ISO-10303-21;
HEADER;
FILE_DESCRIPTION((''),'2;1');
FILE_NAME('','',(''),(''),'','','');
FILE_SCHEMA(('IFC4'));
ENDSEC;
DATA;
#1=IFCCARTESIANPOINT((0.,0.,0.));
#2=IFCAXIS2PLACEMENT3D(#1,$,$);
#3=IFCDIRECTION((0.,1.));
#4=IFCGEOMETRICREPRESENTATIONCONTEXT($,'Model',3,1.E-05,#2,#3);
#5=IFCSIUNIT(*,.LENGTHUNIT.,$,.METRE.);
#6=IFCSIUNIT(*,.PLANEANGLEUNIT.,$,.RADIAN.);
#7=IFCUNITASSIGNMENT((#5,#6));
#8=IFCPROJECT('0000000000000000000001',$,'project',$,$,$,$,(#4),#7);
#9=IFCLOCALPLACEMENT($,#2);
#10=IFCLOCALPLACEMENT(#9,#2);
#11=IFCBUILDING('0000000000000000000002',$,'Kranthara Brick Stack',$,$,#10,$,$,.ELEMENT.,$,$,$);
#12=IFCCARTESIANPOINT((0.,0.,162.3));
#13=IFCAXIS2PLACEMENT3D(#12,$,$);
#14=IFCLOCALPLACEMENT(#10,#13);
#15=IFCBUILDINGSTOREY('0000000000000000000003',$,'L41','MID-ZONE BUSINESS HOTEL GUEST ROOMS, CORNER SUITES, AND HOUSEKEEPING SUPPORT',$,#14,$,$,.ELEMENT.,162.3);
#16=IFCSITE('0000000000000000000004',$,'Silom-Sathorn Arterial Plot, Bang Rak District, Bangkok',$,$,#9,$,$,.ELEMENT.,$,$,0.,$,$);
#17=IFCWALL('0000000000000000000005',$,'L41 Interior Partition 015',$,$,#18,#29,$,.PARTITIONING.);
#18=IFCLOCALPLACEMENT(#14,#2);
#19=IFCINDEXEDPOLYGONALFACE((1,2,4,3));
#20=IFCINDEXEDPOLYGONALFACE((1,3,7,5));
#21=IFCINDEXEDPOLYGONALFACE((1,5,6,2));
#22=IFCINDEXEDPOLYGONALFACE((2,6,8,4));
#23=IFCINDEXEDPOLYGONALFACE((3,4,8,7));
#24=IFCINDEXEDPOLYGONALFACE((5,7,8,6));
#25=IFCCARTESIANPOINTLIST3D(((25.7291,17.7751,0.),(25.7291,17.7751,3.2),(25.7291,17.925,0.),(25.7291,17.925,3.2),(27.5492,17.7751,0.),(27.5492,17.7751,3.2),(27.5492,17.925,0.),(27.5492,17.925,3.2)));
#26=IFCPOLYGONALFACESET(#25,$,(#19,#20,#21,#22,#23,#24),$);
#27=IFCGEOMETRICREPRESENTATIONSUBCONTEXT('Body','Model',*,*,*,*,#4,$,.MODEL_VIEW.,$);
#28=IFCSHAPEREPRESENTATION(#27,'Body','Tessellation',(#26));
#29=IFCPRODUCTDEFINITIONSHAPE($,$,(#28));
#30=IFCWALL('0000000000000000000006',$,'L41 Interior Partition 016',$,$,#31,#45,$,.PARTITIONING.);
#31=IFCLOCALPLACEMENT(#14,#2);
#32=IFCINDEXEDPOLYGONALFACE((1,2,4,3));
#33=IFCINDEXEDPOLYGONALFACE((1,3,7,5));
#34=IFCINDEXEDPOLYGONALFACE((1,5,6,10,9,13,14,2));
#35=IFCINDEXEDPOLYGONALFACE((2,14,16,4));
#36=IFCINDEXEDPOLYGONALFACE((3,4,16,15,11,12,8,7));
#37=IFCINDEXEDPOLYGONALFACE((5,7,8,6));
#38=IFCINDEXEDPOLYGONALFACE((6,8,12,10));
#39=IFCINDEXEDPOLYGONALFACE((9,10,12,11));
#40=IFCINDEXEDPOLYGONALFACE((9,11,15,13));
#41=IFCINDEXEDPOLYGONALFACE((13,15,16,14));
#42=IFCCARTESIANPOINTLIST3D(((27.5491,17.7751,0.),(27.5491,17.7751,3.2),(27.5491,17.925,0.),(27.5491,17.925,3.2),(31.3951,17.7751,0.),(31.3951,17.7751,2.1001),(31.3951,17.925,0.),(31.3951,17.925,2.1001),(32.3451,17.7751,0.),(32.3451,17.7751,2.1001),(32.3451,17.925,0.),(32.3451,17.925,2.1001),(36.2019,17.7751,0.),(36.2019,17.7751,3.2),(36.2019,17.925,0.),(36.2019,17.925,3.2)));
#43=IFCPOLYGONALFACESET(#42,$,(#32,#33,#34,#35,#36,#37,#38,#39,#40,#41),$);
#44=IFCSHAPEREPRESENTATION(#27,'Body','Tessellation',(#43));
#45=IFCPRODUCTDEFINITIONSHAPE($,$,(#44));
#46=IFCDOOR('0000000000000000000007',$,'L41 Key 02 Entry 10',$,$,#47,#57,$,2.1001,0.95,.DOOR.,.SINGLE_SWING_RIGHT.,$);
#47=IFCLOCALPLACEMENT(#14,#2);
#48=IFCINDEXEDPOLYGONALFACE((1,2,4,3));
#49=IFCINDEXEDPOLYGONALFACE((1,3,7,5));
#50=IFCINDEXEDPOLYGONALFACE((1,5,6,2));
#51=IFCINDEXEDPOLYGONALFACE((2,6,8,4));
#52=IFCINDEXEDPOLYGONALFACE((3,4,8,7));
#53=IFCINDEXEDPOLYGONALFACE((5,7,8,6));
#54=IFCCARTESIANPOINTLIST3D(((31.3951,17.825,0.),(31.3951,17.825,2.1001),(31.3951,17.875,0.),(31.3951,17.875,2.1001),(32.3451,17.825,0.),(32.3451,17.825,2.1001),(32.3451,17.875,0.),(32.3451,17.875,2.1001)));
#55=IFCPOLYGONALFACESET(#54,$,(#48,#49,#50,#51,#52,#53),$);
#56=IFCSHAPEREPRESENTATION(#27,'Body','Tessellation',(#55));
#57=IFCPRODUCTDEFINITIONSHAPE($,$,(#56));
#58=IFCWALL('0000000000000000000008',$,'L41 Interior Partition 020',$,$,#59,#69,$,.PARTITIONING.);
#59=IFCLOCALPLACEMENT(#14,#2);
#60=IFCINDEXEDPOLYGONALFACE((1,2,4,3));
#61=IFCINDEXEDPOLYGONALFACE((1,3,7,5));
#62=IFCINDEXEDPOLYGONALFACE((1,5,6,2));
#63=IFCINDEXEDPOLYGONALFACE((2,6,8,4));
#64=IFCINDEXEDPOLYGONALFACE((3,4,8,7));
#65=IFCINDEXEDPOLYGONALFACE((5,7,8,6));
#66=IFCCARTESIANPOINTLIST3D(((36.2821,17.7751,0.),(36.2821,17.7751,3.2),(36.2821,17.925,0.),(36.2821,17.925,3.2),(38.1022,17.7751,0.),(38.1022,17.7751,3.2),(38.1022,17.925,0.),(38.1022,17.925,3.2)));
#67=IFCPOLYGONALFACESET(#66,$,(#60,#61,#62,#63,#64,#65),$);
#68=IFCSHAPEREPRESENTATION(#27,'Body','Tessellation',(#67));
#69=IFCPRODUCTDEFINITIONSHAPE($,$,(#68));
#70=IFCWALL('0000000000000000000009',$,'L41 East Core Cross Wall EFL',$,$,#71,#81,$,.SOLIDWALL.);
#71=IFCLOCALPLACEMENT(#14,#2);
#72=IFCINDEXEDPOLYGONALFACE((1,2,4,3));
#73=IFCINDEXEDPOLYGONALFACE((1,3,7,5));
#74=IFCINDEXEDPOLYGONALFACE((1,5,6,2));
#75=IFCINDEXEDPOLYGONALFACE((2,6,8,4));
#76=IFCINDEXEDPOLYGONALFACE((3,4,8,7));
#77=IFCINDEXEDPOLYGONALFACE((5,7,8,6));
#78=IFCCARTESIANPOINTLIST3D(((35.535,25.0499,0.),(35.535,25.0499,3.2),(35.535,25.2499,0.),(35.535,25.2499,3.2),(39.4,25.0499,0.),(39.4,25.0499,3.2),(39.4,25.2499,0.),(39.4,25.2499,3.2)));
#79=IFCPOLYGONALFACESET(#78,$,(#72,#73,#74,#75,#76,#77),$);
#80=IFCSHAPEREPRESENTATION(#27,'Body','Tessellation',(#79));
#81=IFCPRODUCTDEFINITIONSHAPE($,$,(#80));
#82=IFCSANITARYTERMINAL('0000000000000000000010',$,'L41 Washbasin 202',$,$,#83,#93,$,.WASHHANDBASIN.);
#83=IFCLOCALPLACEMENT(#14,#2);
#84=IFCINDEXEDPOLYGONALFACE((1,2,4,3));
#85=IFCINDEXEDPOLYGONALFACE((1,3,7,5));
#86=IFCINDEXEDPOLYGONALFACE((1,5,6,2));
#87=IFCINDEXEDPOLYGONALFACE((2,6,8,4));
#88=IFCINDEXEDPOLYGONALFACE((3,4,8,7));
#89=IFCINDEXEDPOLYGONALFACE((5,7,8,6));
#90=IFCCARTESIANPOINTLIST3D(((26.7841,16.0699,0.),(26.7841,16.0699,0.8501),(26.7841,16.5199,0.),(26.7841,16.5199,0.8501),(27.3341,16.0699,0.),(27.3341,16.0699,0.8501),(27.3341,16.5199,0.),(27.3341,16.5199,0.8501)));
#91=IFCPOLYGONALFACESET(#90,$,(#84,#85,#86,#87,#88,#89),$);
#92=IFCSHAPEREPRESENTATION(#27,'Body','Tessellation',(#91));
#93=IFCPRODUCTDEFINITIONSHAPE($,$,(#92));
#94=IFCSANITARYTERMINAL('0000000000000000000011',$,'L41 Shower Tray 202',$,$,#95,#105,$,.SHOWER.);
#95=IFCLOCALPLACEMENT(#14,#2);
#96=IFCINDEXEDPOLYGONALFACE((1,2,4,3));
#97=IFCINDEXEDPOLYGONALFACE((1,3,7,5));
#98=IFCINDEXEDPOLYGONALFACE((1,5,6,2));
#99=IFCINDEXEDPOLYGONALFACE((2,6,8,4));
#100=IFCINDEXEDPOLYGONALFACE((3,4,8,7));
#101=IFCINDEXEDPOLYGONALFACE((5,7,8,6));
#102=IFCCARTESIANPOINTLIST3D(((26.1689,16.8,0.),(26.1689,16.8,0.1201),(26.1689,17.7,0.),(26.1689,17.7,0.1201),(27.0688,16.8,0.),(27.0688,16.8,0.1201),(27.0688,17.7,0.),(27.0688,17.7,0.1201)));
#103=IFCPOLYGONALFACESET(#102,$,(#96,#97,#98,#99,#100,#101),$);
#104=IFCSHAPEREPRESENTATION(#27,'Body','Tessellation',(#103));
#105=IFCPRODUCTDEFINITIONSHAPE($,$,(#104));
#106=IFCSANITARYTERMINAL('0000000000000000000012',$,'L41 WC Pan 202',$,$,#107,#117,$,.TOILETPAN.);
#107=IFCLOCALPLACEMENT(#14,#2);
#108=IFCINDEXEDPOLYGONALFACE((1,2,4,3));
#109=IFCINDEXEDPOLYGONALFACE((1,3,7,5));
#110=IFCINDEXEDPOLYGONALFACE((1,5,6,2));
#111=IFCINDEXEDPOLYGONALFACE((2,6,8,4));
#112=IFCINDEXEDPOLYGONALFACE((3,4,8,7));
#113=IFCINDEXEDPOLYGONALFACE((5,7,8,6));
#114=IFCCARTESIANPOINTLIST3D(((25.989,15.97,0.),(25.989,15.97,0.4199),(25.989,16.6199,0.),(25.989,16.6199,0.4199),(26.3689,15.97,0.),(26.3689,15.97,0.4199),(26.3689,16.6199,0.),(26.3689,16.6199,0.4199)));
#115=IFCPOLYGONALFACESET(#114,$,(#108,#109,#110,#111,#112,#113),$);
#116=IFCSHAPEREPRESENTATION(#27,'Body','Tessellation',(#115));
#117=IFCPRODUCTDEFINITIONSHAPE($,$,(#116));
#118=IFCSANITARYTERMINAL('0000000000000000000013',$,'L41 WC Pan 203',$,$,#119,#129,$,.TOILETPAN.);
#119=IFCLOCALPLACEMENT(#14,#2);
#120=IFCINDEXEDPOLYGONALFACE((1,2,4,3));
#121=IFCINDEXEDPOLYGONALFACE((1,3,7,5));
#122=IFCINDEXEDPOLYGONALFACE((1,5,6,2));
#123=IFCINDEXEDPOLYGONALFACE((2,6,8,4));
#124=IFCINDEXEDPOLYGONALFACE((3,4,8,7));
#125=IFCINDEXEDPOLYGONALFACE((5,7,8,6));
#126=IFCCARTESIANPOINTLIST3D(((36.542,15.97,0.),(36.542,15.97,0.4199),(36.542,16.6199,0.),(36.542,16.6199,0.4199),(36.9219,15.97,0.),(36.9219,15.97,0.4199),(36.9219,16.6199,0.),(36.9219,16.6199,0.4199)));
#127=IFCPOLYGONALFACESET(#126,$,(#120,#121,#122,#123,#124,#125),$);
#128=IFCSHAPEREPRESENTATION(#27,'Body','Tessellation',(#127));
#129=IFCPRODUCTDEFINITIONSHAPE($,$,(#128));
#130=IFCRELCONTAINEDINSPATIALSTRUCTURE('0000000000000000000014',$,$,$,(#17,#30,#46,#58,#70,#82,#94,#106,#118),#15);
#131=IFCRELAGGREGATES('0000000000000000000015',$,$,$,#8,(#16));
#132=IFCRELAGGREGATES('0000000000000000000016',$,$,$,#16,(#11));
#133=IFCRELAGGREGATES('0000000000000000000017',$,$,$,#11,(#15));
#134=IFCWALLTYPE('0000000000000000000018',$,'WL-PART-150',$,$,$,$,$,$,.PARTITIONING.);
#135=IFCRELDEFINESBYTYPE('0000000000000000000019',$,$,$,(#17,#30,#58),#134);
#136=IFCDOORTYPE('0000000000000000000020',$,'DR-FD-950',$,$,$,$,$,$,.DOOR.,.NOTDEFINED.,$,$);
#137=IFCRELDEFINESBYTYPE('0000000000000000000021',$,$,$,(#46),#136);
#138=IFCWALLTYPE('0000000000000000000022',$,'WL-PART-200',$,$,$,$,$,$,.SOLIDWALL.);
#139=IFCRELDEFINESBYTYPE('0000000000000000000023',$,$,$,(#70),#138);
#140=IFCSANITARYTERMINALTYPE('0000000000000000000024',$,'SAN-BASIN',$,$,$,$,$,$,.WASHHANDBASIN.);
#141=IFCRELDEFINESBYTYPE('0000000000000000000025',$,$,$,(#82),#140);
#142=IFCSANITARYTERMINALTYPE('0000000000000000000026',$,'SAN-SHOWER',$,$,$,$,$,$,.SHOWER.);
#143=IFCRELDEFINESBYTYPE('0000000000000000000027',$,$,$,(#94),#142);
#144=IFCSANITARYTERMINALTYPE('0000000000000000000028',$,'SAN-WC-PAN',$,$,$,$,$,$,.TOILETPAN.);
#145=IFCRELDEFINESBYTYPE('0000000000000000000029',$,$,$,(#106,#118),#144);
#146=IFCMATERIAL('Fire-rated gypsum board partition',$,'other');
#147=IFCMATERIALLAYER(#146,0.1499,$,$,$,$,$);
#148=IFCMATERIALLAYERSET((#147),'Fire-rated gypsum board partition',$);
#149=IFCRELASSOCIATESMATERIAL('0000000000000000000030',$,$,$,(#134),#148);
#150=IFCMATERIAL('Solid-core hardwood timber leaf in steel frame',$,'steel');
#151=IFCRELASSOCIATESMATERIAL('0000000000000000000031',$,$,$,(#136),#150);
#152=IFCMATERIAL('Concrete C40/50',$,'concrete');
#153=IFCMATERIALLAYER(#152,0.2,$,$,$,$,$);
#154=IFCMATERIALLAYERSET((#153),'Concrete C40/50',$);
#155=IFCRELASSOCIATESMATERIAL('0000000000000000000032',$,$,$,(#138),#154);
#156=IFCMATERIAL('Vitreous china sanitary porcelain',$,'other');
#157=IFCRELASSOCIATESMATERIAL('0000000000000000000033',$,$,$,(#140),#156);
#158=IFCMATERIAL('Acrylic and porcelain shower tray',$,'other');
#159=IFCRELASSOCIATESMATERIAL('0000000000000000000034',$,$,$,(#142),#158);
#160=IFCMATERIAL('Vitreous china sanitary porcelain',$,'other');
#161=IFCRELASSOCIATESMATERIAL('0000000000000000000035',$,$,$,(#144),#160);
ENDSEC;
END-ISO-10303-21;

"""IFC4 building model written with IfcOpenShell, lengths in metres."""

from ifc_helpers import new_model, si_unit, direction, frame, frame_2d, origin, origin_2d, place, context, subcontext, project, spatial, rectangle, extrude, material, layer, layer_set, type_object, element, fill, save


model = new_model("IFC4")

# Units and contexts
model_context = context("Model", 3, precision=1e-05, world=origin(), true_north=direction((0.0, 1.0)))
body_context = subcontext(model_context, "Body", "Model", "MODEL_VIEW")
ifc_project = project(units=[si_unit("LENGTHUNIT", "METRE"), si_unit("PLANEANGLEUNIT", "RADIAN")], contexts=[model_context])

# Site, building, storey
site_placement = place(None, origin())
site = spatial("IfcSite", under=ifc_project, at=site_placement, Name="Silom-Sathorn Arterial Plot, Bang Rak District, Bangkok", CompositionType="ELEMENT", RefElevation=0.0)
building_placement = place(site_placement, origin())
building = spatial("IfcBuilding", under=site, at=building_placement, Name="Kranthara Brick Stack", CompositionType="ELEMENT")
storey_placement = place(building_placement, frame((0.0, 0.0, 162.3)))
storey = spatial("IfcBuildingStorey", under=building, at=storey_placement, Name="L41", Description="MID-ZONE BUSINESS HOTEL GUEST ROOMS, CORNER SUITES, AND HOUSEKEEPING SUPPORT", CompositionType="ELEMENT", Elevation=162.3)

# Wall
ifc_material_1 = material(Name="Fire-rated gypsum board partition", Category="other")
ifc_layer_1 = layer(ifc_material_1, 0.1499)
ifc_layer_set_1 = layer_set([ifc_layer_1], Name="Fire-rated gypsum board partition")
wall_type_1 = type_object("IfcWallType", Name="WL-PART-150", PredefinedType="PARTITIONING", material=ifc_layer_set_1)
wall_1_placement = place(storey_placement, frame((25.729, 17.8501, 0.0), z_axis=(0.0, 0.0, 1.0), x_axis=(1.0, 0.0, 0.0)))
element("IfcWall", 1, at=wall_1_placement, inside=storey, type_object=wall_type_1, Name="L41 Interior Partition 015", PredefinedType="PARTITIONING", context=body_context, shape_type="SweptSolid", body=[
    extrude(rectangle(XDim=1.8201, YDim=0.1499, at=frame_2d((0.9102, 0.0))), origin(), (0.0, 0.0, 1.0), 3.2),
])

# Wall, opening, door
wall_2_placement = place(storey_placement, frame((27.5491, 17.8501, 0.0), z_axis=(0.0, 0.0, 1.0), x_axis=(1.0, 0.0, 0.0)))
wall_2 = element("IfcWall", 2, at=wall_2_placement, inside=storey, type_object=wall_type_1, Name="L41 Interior Partition 016", PredefinedType="PARTITIONING", context=body_context, shape_type="SweptSolid", body=[
    extrude(rectangle(XDim=8.6528, YDim=0.1499, at=frame_2d((4.3264, 0.0))), origin(), (0.0, 0.0, 1.0), 3.2),
])
opening_1_placement = place(wall_2_placement, frame((3.8459, 0.0, 0.0)))
opening_1 = element("IfcOpeningElement", 3, at=opening_1_placement, cuts=wall_2, PredefinedType="OPENING", context=body_context, shape_type="SweptSolid", body=[
    extrude(rectangle(XDim=0.95, YDim=2.1001, at=frame_2d((0.4751, 1.05))), frame((0.0, 0.085, 0.0), z_axis=(0.0, -1.0, 0.0), x_axis=(1.0, 0.0, 0.0)), (0.0, 0.0, 1.0), 0.1699),
])
ifc_material_2 = material(Name="Solid-core hardwood timber leaf in steel frame", Category="steel")
door_type_1 = type_object("IfcDoorType", Name="DR-FD-950", OperationType="NOTDEFINED", PredefinedType="DOOR", material=ifc_material_2)
door_1_placement = place(opening_1_placement, origin())
door_1 = element("IfcDoor", 4, at=door_1_placement, inside=storey, type_object=door_type_1, Name="L41 Key 02 Entry 10", OperationType="SINGLE_SWING_RIGHT", OverallHeight=2.1001, OverallWidth=0.95, PredefinedType="DOOR", context=body_context, shape_type="SweptSolid", body=[
    extrude(rectangle(XDim=0.95, YDim=2.1001, at=frame_2d((0.4751, 1.05))), frame((0.0, 0.0249, 0.0), z_axis=(0.0, -1.0, 0.0), x_axis=(1.0, 0.0, 0.0)), (0.0, 0.0, 1.0), 0.05),
])
fill(opening_1, door_1)

# Walls
wall_3_placement = place(storey_placement, frame((36.282, 17.8501, 0.0), z_axis=(0.0, 0.0, 1.0), x_axis=(1.0, 0.0, 0.0)))
element("IfcWall", 5, at=wall_3_placement, inside=storey, type_object=wall_type_1, Name="L41 Interior Partition 020", PredefinedType="PARTITIONING", context=body_context, shape_type="SweptSolid", body=[
    extrude(rectangle(XDim=1.8201, YDim=0.1499, at=frame_2d((0.9102, 0.0))), origin(), (0.0, 0.0, 1.0), 3.2),
])
ifc_material_3 = material(Name="Concrete C40/50", Category="concrete")
ifc_layer_2 = layer(ifc_material_3, 0.2)
ifc_layer_set_2 = layer_set([ifc_layer_2], Name="Concrete C40/50")
wall_type_2 = type_object("IfcWallType", Name="WL-PART-200", PredefinedType="SOLIDWALL", material=ifc_layer_set_2)
wall_4_placement = place(storey_placement, frame((35.5349, 25.1499, 0.0), z_axis=(0.0, 0.0, 1.0), x_axis=(1.0, 0.0, 0.0)))
element("IfcWall", 6, at=wall_4_placement, inside=storey, type_object=wall_type_2, Name="L41 East Core Cross Wall EFL", PredefinedType="SOLIDWALL", context=body_context, shape_type="SweptSolid", body=[
    extrude(rectangle(XDim=3.865, YDim=0.2, at=frame_2d((1.9326, 0.0))), origin(), (0.0, 0.0, 1.0), 3.2),
])

# Sanitary terminals
ifc_material_4 = material(Name="Vitreous china sanitary porcelain", Category="other")
sanitary_terminal_type_1 = type_object("IfcSanitaryTerminalType", Name="SAN-BASIN", PredefinedType="WASHHANDBASIN", material=ifc_material_4)
sanitary_terminal_1_placement = place(storey_placement, frame((27.0591, 16.2949, 0.0), z_axis=(0.0, 0.0, 1.0), x_axis=(1.0, 0.0, 0.0)))
element("IfcSanitaryTerminal", 7, at=sanitary_terminal_1_placement, inside=storey, type_object=sanitary_terminal_type_1, Name="L41 Washbasin 202", PredefinedType="WASHHANDBASIN", context=body_context, shape_type="SweptSolid", body=[
    extrude(rectangle(XDim=0.55, YDim=0.45, at=origin_2d()), origin(), (0.0, 0.0, 1.0), 0.8501),
])
ifc_material_5 = material(Name="Acrylic and porcelain shower tray", Category="other")
sanitary_terminal_type_2 = type_object("IfcSanitaryTerminalType", Name="SAN-SHOWER", PredefinedType="SHOWER", material=ifc_material_5)
sanitary_terminal_2_placement = place(storey_placement, frame((26.6189, 17.25, 0.0), z_axis=(0.0, 0.0, 1.0), x_axis=(1.0, 0.0, 0.0)))
element("IfcSanitaryTerminal", 8, at=sanitary_terminal_2_placement, inside=storey, type_object=sanitary_terminal_type_2, Name="L41 Shower Tray 202", PredefinedType="SHOWER", context=body_context, shape_type="SweptSolid", body=[
    extrude(rectangle(XDim=0.8999, YDim=0.8999, at=origin_2d()), origin(), (0.0, 0.0, 1.0), 0.1201),
])
ifc_material_6 = material(Name="Vitreous china sanitary porcelain", Category="other")
sanitary_terminal_type_3 = type_object("IfcSanitaryTerminalType", Name="SAN-WC-PAN", PredefinedType="TOILETPAN", material=ifc_material_6)
for number, where, z_axis, x_axis, name in (
    (9, (26.179, 16.2949, 0.0), (0.0, 0.0, 1.0), (1.0, 0.0, 0.0), "L41 WC Pan 202"),
    (10, (36.7319, 16.2949, 0.0), (0.0, 0.0, 1.0), (1.0, 0.0, 0.0), "L41 WC Pan 203"),
):
    element("IfcSanitaryTerminal", number, at=place(storey_placement, frame(where, z_axis=z_axis, x_axis=x_axis)), inside=storey, type_object=sanitary_terminal_type_3, Name=name, PredefinedType="TOILETPAN", context=body_context, shape_type="SweptSolid", body=[
        extrude(rectangle(XDim=0.3799, YDim=0.6499, at=origin_2d()), origin(), (0.0, 0.0, 1.0), 0.4199),
    ])

save(model, "model.ifc")
